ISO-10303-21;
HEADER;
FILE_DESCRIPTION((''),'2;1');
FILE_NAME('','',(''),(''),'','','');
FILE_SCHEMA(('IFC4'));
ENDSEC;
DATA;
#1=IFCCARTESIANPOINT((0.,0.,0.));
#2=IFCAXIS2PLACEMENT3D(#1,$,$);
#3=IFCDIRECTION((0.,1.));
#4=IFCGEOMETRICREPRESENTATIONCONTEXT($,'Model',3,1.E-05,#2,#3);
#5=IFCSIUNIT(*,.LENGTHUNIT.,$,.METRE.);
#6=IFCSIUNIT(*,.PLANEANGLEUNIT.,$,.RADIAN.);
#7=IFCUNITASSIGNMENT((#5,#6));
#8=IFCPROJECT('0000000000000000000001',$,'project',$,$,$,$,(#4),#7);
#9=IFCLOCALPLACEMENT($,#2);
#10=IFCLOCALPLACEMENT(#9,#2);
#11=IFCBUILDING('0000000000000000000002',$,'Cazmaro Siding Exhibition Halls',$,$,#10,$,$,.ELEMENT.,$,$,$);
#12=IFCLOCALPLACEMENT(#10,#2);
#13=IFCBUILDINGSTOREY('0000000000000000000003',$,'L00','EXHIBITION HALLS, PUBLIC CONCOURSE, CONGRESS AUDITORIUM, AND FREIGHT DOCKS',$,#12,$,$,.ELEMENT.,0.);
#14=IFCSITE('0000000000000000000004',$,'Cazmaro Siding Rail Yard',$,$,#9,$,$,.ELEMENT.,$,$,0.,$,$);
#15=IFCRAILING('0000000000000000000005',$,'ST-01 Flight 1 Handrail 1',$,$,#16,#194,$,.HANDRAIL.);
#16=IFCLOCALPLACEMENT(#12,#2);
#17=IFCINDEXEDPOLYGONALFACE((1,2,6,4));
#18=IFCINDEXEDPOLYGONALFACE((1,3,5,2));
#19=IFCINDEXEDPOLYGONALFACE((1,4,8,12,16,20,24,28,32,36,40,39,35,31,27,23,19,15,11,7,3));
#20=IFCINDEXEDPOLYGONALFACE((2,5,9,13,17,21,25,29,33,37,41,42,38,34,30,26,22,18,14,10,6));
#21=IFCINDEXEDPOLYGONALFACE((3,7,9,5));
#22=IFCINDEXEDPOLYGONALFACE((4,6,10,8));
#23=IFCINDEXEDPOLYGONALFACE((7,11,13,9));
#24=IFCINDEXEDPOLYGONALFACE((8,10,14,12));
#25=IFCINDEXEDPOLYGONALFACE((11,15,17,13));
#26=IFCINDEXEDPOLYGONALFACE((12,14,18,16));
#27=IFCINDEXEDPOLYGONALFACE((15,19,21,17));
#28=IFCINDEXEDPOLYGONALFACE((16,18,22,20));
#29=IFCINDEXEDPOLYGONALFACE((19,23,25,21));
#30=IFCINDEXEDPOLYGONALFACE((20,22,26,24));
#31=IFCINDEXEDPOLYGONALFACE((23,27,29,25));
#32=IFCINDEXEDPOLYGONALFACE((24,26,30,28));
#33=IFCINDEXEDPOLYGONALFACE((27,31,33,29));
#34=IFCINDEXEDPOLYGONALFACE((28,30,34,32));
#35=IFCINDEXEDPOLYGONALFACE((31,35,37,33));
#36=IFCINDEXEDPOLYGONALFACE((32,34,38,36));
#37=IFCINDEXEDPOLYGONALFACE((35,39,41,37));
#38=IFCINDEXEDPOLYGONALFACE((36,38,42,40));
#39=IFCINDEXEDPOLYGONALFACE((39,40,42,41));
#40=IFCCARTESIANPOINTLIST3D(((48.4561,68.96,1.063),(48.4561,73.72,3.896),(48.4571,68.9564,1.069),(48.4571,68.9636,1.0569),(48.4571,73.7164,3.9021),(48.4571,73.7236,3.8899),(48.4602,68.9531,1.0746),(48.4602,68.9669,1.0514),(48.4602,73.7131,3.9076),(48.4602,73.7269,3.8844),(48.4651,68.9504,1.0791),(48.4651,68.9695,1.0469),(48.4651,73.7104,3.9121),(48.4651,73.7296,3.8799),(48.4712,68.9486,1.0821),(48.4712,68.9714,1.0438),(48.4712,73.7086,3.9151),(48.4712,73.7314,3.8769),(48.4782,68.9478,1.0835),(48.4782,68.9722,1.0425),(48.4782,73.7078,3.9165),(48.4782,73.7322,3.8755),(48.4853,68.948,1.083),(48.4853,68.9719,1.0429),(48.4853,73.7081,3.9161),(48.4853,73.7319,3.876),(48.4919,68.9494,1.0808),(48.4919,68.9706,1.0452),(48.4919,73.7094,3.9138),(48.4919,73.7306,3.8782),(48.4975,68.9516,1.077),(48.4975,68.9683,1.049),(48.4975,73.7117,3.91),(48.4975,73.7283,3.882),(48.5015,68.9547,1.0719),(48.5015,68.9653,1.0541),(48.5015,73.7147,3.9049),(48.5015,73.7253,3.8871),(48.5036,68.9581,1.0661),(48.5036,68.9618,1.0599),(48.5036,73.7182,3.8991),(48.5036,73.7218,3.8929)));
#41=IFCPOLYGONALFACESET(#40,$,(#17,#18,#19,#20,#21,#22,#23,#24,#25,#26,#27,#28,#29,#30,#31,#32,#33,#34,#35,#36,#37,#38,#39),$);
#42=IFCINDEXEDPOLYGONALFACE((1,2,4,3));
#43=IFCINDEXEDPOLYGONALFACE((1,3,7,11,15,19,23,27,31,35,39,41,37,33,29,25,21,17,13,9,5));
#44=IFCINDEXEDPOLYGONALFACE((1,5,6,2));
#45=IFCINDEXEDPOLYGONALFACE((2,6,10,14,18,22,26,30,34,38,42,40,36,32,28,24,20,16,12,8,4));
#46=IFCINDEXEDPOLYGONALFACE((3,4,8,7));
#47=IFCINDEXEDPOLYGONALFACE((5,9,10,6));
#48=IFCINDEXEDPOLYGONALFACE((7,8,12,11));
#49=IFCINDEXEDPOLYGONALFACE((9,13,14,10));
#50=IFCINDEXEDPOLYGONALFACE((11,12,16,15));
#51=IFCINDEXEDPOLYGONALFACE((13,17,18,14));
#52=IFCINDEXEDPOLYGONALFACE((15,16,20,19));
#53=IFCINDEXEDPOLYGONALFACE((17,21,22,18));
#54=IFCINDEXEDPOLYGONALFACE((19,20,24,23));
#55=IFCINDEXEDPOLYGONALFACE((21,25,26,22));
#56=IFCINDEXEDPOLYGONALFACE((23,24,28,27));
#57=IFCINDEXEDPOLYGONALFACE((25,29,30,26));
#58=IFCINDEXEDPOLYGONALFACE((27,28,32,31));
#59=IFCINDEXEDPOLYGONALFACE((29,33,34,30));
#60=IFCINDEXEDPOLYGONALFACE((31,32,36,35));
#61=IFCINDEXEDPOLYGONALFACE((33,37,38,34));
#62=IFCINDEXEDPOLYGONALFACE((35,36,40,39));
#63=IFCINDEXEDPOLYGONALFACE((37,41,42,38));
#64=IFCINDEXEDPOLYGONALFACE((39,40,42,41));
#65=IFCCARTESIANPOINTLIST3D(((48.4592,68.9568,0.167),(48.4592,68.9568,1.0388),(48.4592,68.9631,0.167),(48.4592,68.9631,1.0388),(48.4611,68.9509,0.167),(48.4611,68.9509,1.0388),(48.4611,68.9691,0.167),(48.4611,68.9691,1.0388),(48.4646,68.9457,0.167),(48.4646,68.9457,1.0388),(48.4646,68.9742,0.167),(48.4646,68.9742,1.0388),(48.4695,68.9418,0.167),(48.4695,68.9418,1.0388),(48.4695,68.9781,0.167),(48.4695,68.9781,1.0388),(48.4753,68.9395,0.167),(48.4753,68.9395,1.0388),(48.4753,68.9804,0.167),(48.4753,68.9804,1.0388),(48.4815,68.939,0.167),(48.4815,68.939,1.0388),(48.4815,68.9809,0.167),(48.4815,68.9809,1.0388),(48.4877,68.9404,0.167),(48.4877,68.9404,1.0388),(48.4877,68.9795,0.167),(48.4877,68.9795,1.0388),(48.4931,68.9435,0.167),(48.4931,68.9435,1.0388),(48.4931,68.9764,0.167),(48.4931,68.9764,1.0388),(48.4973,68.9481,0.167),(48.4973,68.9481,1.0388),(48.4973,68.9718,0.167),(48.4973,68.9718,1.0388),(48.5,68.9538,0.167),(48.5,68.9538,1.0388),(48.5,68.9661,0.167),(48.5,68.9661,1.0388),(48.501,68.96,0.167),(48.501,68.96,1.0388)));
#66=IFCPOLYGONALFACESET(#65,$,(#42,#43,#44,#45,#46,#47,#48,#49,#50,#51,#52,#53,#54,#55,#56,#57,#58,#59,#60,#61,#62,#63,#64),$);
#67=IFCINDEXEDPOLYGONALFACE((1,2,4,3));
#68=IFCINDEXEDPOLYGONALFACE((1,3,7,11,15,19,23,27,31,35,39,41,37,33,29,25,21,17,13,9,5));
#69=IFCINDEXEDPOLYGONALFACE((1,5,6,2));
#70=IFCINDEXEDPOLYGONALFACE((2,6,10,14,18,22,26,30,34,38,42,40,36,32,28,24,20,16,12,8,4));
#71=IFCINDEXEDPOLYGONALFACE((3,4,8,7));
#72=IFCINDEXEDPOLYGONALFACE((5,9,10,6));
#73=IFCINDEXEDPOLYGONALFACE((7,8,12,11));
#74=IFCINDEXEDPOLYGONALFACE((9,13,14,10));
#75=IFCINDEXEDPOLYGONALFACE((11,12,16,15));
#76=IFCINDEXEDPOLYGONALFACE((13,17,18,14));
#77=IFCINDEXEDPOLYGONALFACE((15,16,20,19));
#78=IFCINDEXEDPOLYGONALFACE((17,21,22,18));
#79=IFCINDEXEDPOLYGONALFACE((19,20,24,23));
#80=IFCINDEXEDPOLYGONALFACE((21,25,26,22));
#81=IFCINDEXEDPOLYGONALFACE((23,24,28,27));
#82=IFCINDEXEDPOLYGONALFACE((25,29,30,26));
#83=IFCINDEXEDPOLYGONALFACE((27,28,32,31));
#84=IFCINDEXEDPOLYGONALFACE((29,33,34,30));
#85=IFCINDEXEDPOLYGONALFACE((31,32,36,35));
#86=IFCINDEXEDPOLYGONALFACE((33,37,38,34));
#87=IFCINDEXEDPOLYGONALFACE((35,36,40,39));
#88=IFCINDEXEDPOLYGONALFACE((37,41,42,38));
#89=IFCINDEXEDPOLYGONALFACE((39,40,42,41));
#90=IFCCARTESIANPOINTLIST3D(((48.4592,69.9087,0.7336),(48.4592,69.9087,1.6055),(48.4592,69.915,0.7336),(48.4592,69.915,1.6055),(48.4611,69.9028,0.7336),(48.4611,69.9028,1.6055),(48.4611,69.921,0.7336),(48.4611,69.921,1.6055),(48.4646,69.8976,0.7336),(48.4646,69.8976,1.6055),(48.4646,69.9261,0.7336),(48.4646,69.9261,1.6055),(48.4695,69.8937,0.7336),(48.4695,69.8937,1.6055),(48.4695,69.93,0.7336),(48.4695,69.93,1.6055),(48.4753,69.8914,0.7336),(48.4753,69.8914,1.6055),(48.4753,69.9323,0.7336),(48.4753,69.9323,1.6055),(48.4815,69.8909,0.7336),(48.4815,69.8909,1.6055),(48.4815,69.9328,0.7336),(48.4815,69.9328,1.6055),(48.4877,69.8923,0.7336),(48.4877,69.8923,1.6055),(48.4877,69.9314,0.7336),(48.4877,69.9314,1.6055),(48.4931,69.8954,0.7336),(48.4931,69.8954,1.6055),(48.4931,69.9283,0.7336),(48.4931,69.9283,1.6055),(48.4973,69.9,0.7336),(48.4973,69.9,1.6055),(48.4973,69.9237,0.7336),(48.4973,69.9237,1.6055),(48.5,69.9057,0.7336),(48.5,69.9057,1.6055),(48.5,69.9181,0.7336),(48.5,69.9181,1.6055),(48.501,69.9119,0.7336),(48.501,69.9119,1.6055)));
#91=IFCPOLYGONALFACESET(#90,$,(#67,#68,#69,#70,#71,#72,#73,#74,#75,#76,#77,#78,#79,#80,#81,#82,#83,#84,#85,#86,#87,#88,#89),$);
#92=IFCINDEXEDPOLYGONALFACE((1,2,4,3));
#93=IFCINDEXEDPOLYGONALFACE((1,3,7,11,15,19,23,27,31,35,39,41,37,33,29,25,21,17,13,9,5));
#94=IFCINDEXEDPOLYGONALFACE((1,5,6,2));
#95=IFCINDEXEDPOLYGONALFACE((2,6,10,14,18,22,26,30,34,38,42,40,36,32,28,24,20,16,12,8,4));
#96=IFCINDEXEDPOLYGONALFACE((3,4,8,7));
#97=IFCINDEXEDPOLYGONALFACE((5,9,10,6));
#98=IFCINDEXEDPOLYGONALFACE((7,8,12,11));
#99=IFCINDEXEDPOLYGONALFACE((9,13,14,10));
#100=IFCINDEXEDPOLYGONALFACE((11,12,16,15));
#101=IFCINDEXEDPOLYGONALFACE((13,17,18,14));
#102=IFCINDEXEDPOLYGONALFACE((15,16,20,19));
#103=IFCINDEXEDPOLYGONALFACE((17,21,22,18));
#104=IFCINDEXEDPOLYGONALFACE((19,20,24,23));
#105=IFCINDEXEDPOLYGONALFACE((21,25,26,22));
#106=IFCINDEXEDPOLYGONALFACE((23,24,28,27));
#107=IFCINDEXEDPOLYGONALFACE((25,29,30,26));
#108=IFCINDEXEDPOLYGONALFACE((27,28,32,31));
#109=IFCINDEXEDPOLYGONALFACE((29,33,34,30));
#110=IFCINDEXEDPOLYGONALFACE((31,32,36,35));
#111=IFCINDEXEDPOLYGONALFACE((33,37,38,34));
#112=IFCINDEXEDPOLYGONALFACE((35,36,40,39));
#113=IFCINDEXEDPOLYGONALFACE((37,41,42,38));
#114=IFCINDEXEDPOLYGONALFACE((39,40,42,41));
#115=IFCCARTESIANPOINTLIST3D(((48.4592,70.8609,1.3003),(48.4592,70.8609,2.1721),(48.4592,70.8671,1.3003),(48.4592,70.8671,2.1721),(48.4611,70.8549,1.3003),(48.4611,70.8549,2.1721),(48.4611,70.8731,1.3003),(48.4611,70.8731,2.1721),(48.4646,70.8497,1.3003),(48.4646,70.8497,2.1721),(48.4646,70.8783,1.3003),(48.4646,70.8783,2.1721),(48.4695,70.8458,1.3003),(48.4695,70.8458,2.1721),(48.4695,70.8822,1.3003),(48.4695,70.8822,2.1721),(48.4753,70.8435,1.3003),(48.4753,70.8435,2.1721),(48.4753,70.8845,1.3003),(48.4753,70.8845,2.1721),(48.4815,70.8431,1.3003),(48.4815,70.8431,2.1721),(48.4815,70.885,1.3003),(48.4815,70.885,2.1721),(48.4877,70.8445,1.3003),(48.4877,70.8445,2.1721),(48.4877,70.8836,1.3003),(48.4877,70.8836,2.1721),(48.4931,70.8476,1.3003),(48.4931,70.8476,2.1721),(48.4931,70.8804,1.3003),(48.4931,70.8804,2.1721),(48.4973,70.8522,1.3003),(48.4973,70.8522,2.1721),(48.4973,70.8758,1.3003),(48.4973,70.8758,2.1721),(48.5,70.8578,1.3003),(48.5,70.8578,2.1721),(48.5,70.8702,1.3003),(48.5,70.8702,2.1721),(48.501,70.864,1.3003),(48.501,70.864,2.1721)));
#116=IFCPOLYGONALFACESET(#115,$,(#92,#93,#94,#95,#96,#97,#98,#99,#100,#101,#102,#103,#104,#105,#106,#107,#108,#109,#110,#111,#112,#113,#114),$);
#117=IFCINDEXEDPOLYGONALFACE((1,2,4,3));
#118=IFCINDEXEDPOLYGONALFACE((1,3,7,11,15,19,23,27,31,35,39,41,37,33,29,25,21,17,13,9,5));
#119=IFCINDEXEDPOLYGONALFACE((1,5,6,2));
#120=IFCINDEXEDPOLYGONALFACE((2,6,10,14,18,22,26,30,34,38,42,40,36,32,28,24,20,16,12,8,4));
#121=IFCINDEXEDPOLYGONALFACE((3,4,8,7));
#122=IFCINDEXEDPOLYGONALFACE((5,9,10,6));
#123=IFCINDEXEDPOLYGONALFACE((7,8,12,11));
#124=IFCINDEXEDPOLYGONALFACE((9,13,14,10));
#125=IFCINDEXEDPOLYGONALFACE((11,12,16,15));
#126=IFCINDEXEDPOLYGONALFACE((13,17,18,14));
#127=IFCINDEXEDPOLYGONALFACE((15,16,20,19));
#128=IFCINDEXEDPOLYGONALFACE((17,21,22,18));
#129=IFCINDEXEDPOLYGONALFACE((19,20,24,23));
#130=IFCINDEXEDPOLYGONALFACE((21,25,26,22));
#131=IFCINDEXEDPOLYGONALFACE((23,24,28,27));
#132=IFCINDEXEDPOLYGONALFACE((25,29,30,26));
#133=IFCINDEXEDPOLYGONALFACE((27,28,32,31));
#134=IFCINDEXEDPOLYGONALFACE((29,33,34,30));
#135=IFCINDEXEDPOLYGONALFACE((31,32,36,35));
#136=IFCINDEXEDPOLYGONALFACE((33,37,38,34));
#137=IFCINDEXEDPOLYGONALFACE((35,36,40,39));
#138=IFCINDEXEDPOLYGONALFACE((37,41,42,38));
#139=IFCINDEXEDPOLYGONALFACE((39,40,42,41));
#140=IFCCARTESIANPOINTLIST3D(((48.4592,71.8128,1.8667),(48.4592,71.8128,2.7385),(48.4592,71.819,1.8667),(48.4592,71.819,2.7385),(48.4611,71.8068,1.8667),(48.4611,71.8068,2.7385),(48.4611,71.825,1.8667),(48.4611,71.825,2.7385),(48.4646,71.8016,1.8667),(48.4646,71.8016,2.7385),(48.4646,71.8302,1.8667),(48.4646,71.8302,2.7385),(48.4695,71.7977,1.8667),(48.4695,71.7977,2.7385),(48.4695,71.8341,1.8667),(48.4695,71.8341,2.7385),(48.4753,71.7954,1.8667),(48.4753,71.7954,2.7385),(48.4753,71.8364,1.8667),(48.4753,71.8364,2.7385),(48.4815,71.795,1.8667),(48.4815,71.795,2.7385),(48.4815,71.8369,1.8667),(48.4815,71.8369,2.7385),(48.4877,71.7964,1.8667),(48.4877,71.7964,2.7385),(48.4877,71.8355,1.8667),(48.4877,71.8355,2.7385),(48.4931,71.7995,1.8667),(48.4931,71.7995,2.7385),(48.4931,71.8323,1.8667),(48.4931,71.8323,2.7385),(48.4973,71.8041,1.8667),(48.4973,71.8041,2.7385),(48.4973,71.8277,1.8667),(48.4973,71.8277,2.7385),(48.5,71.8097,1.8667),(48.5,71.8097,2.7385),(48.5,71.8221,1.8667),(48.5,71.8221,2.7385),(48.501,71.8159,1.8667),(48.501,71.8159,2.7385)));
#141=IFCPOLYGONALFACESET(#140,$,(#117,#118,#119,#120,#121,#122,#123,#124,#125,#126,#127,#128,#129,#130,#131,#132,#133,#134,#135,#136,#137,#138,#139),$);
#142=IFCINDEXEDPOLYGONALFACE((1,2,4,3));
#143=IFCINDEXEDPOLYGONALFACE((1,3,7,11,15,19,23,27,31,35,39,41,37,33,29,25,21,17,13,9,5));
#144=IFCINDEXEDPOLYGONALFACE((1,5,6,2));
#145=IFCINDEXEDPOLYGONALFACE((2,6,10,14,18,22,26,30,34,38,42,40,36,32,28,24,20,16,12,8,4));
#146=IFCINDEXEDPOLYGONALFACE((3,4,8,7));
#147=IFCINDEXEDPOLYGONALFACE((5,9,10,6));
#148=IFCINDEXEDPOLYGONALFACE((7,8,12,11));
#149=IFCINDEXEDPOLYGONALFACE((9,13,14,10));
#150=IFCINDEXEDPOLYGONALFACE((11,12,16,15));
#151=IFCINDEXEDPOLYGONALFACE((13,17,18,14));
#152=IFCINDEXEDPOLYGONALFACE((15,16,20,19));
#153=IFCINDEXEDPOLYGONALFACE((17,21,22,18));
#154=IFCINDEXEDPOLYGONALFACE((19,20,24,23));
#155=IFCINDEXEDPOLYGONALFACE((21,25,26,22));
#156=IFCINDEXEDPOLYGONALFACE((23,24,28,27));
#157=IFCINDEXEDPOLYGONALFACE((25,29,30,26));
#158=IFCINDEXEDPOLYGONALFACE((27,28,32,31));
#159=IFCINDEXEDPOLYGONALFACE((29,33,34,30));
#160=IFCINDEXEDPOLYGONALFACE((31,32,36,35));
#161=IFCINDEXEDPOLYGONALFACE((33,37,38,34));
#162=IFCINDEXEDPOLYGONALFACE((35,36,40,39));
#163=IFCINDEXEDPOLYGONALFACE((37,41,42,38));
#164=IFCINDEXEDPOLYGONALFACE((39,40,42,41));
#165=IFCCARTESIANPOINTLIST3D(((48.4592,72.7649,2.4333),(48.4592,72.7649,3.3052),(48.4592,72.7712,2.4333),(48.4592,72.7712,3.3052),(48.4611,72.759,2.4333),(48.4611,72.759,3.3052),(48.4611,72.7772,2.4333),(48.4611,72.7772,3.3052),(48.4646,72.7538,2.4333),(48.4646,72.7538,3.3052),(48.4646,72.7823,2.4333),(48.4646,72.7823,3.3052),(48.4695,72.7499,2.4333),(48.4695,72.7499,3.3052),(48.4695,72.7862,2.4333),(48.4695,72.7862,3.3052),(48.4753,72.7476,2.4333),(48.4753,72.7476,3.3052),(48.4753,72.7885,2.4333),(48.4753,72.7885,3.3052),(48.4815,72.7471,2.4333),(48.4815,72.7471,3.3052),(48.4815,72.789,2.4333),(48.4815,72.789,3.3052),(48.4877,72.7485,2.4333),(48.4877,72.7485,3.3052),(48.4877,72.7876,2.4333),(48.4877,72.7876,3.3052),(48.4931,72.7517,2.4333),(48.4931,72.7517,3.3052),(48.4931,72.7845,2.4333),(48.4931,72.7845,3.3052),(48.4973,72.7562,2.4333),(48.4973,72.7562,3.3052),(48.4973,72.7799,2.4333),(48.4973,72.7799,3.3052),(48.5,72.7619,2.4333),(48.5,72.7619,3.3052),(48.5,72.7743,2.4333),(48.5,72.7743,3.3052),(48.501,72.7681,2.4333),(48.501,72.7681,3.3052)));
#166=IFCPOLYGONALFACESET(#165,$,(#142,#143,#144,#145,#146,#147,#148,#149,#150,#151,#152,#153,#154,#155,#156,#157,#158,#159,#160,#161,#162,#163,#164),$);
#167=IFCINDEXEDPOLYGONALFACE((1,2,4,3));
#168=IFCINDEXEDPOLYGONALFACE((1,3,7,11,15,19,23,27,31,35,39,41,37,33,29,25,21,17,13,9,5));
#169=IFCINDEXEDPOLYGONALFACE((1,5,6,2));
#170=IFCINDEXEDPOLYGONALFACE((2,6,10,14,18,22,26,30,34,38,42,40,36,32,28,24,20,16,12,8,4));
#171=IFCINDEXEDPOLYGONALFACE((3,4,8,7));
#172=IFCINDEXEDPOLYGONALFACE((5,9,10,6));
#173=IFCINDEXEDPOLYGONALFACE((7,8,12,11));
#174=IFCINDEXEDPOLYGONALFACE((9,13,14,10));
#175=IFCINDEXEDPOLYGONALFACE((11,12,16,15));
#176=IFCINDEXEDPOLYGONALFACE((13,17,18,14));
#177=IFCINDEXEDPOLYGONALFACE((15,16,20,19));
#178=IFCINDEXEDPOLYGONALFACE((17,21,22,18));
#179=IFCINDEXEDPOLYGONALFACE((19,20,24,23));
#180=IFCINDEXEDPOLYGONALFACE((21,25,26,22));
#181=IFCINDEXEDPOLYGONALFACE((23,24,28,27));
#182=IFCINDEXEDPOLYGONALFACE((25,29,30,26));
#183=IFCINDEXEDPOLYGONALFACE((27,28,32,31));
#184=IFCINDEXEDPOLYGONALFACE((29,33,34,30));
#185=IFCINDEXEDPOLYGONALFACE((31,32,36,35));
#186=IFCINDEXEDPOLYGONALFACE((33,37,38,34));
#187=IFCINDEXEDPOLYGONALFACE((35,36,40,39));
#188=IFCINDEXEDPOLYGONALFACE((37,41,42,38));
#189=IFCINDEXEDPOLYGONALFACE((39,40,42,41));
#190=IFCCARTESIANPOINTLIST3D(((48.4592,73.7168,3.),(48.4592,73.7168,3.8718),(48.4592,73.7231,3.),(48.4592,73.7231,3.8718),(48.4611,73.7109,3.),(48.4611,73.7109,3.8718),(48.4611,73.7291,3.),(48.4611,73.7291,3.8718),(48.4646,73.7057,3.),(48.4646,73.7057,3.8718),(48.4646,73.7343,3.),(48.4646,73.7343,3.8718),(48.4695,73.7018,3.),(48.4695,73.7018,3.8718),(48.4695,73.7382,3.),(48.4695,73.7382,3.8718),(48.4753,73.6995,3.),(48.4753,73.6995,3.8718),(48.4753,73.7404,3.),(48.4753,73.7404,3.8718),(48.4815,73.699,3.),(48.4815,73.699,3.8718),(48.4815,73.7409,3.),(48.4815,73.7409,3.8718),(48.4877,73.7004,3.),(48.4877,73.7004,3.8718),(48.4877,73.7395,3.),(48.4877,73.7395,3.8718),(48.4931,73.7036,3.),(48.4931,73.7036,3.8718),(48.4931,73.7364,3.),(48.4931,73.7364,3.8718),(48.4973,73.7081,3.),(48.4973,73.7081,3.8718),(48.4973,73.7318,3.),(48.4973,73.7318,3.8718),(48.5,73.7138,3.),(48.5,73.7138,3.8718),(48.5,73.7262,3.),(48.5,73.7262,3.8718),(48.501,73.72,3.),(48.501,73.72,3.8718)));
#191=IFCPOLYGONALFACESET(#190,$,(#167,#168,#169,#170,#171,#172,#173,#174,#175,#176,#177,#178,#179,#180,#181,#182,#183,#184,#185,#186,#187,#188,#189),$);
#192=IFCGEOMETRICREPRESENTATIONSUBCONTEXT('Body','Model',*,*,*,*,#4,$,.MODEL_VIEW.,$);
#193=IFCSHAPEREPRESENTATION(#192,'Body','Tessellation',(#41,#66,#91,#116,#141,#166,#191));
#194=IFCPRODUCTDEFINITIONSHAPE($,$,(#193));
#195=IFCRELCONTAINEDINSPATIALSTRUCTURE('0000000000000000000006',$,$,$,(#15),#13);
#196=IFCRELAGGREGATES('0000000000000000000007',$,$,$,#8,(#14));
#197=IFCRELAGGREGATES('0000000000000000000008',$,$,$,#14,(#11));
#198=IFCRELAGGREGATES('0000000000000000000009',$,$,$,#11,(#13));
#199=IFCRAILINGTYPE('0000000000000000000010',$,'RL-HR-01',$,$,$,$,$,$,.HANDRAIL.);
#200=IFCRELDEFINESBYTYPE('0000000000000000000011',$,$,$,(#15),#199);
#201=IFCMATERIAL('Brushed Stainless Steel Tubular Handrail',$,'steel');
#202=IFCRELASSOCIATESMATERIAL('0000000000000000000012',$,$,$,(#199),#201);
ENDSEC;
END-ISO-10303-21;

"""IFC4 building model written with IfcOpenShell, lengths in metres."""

from ifc_helpers import new_model, si_unit, direction, frame, origin, origin_2d, place, context, subcontext, project, spatial, circle, extrude, material, type_object, element, save


model = new_model("IFC4")

# Units and contexts
model_context = context("Model", 3, precision=1e-05, world=origin(), true_north=direction((0.0, 1.0)))
body_context = subcontext(model_context, "Body", "Model", "MODEL_VIEW")
ifc_project = project(units=[si_unit("LENGTHUNIT", "METRE"), si_unit("PLANEANGLEUNIT", "RADIAN")], contexts=[model_context])

# Site, building, storey
site_placement = place(None, origin())
site = spatial("IfcSite", under=ifc_project, at=site_placement, Name="Cazmaro Siding Rail Yard", CompositionType="ELEMENT", RefElevation=0.0)
building_placement = place(site_placement, origin())
building = spatial("IfcBuilding", under=site, at=building_placement, Name="Cazmaro Siding Exhibition Halls", CompositionType="ELEMENT")
storey_placement = place(building_placement, origin())
storey = spatial("IfcBuildingStorey", under=building, at=storey_placement, Name="L00", Description="EXHIBITION HALLS, PUBLIC CONCOURSE, CONGRESS AUDITORIUM, AND FREIGHT DOCKS", CompositionType="ELEMENT", Elevation=0.0)

# Railing
ifc_material_1 = material(Name="Brushed Stainless Steel Tubular Handrail", Category="steel")
railing_type_1 = type_object("IfcRailingType", Name="RL-HR-01", PredefinedType="HANDRAIL", material=ifc_material_1)
railing_1_placement = place(storey_placement, frame((48.48, 68.96, 0.167)))
element("IfcRailing", 1, at=railing_1_placement, inside=storey, type_object=railing_type_1, Name="ST-01 Flight 1 Handrail 1", PredefinedType="HANDRAIL", context=body_context, shape_type="SweptSolid", body=[
    extrude(circle(Radius=0.0239, at=origin_2d()), frame((0.0, 0.0, 0.896), z_axis=(0.0, 0.859319, 0.51144), x_axis=(-1.0, 0.0, 0.0)), (0.0, 0.0, 1.0), 5.5393),
    extrude(circle(Radius=0.021, at=origin_2d()), origin(), (0.0, 0.0, 1.0), 0.8718),
    extrude(circle(Radius=0.021, at=origin_2d()), frame((0.0, 0.9519, 0.5667)), (0.0, 0.0, 1.0), 0.8718),
    extrude(circle(Radius=0.021, at=origin_2d()), frame((0.0, 1.9041, 1.1333)), (0.0, 0.0, 1.0), 0.8718),
    extrude(circle(Radius=0.021, at=origin_2d()), frame((0.0, 2.856, 1.6997)), (0.0, 0.0, 1.0), 0.8718),
    extrude(circle(Radius=0.021, at=origin_2d()), frame((0.0, 3.8081, 2.2664)), (0.0, 0.0, 1.0), 0.8718),
    extrude(circle(Radius=0.021, at=origin_2d()), frame((0.0, 4.76, 2.833)), (0.0, 0.0, 1.0), 0.8718),
])

save(model, "model.ifc")
